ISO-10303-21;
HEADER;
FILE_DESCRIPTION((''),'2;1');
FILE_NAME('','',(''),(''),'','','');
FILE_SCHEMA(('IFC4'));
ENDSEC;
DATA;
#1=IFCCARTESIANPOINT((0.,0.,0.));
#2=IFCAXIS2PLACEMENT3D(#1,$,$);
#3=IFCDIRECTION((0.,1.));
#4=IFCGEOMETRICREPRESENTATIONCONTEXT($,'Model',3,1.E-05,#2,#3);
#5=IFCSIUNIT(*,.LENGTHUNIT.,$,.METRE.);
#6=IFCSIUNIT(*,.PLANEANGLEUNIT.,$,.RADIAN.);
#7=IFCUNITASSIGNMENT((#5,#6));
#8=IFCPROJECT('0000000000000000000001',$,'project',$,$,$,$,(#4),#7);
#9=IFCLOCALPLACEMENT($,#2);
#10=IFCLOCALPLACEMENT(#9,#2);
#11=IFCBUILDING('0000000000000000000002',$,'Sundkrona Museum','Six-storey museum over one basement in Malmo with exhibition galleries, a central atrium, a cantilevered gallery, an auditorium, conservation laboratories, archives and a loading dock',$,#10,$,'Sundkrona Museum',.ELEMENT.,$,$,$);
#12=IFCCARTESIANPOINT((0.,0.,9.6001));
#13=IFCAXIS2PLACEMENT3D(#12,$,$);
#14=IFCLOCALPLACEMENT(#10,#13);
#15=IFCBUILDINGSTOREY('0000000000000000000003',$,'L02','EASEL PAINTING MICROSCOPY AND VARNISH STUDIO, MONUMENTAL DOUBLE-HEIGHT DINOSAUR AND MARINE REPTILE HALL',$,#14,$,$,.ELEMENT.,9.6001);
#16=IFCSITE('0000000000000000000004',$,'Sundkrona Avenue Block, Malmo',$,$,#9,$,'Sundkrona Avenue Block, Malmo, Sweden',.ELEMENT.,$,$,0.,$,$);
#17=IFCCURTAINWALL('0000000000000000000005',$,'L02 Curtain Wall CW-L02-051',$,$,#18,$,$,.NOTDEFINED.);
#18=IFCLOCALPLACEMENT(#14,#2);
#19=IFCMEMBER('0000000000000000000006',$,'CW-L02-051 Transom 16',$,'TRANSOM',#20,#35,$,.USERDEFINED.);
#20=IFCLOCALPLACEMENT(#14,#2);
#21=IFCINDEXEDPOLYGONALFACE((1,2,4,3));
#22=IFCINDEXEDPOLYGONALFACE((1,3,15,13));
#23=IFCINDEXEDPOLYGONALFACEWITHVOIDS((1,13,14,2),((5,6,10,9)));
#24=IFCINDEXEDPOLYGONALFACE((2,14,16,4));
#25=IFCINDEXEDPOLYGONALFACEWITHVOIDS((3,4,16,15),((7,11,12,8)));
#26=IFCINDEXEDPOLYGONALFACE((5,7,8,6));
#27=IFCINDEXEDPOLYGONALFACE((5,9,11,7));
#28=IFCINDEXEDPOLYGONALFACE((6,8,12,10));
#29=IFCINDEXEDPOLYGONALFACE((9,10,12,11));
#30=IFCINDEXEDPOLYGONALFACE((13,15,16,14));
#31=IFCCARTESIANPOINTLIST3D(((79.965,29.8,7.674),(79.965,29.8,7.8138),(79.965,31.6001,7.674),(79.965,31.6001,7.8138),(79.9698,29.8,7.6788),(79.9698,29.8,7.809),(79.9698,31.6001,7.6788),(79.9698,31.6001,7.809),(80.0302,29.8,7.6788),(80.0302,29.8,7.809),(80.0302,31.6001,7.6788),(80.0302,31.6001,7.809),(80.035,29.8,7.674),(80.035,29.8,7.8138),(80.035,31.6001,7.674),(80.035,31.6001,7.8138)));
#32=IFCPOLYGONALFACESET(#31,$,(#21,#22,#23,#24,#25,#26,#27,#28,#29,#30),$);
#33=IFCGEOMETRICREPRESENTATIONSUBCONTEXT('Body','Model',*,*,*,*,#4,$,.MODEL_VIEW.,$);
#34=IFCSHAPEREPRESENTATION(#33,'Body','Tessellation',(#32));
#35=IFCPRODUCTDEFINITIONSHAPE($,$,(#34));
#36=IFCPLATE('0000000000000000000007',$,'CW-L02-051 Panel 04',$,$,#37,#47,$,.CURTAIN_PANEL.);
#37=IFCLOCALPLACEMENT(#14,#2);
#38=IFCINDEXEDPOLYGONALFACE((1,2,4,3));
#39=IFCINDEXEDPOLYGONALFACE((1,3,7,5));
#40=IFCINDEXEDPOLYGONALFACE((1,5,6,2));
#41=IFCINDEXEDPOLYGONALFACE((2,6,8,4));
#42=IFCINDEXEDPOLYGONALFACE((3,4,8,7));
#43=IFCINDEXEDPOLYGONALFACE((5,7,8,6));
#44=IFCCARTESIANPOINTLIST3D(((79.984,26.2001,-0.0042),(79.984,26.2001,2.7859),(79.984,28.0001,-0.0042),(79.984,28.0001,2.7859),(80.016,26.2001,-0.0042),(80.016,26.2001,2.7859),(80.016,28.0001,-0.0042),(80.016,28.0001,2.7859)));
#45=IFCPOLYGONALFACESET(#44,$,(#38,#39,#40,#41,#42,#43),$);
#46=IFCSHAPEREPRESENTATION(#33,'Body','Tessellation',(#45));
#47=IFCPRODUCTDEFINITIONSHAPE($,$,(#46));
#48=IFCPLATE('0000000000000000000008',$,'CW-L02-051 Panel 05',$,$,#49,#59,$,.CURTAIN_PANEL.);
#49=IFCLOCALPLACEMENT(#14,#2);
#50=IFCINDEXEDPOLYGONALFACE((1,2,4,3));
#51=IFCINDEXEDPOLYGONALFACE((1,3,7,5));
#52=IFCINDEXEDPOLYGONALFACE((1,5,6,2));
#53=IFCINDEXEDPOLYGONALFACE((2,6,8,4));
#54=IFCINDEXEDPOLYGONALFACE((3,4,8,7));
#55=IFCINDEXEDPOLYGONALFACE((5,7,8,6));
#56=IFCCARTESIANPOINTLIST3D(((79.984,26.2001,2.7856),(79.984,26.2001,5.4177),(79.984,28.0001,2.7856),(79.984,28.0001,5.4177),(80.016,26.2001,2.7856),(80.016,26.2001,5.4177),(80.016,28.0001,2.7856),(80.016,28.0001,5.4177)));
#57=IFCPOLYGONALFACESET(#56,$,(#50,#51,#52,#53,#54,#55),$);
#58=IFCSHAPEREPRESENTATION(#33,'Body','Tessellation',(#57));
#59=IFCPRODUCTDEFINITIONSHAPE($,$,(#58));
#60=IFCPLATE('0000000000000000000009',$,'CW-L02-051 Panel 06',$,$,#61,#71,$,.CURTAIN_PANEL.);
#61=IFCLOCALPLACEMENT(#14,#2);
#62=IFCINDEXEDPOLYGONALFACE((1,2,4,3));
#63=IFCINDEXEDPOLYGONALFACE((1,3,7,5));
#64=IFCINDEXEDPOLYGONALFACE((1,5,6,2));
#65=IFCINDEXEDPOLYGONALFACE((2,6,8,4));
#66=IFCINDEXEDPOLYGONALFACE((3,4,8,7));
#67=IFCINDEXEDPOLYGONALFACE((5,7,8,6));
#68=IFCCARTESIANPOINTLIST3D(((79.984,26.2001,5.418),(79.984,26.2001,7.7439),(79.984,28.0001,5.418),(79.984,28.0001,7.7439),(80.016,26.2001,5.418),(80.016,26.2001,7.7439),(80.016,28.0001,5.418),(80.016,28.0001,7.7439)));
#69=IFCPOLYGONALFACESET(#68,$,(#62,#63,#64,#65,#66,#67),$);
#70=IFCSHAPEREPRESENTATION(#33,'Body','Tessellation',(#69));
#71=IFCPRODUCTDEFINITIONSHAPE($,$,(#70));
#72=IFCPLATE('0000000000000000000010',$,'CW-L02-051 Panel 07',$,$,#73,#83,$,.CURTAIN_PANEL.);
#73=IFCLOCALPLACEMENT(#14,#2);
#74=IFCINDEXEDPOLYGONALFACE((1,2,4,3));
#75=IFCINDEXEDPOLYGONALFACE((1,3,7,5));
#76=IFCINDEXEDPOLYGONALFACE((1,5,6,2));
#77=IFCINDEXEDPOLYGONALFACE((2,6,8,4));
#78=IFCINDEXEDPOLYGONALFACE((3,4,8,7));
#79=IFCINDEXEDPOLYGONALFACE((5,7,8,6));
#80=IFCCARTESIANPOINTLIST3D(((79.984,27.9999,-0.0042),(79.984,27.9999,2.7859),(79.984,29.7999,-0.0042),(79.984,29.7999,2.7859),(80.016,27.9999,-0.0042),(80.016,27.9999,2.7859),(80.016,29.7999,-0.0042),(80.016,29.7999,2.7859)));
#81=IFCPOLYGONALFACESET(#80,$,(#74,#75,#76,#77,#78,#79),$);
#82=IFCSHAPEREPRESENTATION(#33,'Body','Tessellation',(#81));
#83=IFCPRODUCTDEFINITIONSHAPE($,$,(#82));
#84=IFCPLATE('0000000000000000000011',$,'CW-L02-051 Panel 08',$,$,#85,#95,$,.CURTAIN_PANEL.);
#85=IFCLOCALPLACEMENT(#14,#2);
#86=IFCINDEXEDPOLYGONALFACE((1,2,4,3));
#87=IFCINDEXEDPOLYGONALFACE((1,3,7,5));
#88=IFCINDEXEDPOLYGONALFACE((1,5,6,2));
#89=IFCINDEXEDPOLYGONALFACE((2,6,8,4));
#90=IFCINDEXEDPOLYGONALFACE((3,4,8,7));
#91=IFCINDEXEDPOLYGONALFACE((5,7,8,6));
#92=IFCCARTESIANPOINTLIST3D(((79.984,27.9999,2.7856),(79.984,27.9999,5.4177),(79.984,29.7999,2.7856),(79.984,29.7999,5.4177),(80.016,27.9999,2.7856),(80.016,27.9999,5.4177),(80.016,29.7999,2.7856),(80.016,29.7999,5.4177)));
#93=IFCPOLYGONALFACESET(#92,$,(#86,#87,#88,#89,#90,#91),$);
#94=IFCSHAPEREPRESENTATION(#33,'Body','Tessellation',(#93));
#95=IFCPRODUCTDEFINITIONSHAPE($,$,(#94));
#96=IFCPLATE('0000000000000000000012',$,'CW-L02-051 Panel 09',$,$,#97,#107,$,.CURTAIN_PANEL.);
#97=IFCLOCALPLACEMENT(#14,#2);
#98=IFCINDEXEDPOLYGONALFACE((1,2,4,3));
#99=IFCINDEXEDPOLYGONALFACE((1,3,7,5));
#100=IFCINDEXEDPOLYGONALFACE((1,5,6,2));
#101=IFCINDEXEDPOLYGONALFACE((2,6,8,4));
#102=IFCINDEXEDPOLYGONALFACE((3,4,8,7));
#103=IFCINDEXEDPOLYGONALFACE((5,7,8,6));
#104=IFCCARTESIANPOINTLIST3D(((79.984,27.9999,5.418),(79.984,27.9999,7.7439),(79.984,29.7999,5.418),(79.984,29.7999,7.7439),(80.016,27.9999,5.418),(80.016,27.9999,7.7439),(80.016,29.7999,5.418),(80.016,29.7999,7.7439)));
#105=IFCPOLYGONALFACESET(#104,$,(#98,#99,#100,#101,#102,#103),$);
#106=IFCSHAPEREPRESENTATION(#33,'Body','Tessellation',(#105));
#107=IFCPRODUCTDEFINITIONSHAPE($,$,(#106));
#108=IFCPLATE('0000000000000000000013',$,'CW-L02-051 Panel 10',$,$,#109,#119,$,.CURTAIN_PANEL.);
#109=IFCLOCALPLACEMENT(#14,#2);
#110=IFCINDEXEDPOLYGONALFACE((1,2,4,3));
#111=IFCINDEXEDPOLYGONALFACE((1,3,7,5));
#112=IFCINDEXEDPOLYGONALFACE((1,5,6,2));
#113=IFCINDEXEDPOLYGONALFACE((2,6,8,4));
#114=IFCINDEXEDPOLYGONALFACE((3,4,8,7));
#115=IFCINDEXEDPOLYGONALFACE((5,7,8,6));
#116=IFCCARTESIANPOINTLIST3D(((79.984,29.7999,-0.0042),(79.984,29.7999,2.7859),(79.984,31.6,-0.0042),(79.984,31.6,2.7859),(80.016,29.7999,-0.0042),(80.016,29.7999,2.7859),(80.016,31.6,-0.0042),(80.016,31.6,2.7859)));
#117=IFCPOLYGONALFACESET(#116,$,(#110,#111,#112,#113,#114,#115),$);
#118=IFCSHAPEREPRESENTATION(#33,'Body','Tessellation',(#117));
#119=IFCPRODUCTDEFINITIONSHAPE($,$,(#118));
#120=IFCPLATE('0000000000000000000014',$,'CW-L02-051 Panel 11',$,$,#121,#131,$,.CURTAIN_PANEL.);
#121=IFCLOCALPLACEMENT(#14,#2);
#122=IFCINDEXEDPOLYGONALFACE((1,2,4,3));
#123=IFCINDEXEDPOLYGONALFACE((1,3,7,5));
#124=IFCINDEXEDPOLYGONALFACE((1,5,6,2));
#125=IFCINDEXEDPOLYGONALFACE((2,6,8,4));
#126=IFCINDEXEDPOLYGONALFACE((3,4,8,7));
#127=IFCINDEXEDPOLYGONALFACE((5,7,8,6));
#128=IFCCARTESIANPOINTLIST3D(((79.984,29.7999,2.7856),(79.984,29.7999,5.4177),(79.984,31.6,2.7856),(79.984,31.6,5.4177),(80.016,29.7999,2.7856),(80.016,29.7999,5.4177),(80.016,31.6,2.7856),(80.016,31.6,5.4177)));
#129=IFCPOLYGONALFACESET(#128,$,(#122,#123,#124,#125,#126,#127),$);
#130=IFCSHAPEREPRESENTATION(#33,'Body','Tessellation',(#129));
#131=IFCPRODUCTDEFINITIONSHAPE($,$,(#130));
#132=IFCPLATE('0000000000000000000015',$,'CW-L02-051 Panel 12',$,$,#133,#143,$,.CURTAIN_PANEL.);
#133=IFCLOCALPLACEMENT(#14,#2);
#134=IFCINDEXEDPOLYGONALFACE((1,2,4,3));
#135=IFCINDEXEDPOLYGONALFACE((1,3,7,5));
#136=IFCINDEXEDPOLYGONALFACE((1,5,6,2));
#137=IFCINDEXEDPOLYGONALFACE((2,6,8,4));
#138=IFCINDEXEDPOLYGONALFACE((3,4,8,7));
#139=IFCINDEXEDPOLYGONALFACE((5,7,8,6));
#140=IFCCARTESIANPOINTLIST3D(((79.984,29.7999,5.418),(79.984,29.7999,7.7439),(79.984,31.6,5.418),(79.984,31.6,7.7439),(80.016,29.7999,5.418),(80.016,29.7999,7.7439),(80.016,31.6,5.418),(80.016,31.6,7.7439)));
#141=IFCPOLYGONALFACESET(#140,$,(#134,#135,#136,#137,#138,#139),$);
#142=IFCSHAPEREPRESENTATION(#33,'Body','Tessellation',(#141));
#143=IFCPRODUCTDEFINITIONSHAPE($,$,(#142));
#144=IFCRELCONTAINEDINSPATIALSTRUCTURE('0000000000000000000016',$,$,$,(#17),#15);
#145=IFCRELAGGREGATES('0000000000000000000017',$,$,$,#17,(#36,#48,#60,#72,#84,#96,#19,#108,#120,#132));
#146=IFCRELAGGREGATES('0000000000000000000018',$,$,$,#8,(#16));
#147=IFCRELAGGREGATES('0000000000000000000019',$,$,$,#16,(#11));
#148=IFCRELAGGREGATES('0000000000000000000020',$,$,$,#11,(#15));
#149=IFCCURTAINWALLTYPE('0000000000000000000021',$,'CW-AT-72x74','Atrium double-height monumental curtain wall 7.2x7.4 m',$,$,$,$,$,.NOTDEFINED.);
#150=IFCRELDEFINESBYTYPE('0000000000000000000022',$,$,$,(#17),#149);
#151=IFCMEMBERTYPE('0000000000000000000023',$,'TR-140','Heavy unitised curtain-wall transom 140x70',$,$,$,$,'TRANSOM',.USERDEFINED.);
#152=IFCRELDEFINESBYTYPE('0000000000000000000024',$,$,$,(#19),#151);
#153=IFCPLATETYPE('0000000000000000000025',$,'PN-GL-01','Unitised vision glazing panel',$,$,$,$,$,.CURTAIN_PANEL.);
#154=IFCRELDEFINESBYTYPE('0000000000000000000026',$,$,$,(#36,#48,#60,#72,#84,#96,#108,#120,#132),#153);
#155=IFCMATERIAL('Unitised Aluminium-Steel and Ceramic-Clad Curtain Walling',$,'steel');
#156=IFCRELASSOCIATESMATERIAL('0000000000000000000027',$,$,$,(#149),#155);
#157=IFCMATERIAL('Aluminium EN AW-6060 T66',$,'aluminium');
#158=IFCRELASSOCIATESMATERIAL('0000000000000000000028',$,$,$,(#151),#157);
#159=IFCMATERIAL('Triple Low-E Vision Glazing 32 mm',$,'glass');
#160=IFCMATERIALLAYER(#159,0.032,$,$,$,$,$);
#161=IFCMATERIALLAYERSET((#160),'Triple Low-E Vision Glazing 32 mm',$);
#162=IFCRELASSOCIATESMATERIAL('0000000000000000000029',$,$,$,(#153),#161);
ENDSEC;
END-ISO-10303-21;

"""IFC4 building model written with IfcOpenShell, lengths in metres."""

from ifc_helpers import new_model, si_unit, direction, frame, origin, origin_2d, place, context, subcontext, project, spatial, rectangle, hollow_rectangle, extrude, material, layer, layer_set, material_profile, profile_set, type_object, element, aggregate, save


model = new_model("IFC4")

# Units and contexts
model_context = context("Model", 3, precision=1e-05, world=origin(), true_north=direction((0.0, 1.0)))
body_context = subcontext(model_context, "Body", "Model", "MODEL_VIEW")
ifc_project = project(units=[si_unit("LENGTHUNIT", "METRE"), si_unit("PLANEANGLEUNIT", "RADIAN")], contexts=[model_context])

# Site, building, storey
site_placement = place(None, origin())
site = spatial("IfcSite", under=ifc_project, at=site_placement, Name="Sundkrona Avenue Block, Malmo", LongName="Sundkrona Avenue Block, Malmo, Sweden", CompositionType="ELEMENT", RefElevation=0.0)
building_placement = place(site_placement, origin())
building = spatial("IfcBuilding", under=site, at=building_placement, Name="Sundkrona Museum", Description="Six-storey museum over one basement in Malmo with exhibition galleries, a central atrium, a cantilevered gallery, an auditorium, conservation laboratories, archives and a loading dock", LongName="Sundkrona Museum", CompositionType="ELEMENT")
storey_placement = place(building_placement, frame((0.0, 0.0, 9.6001)))
storey = spatial("IfcBuildingStorey", under=building, at=storey_placement, Name="L02", Description="EASEL PAINTING MICROSCOPY AND VARNISH STUDIO, MONUMENTAL DOUBLE-HEIGHT DINOSAUR AND MARINE REPTILE HALL", CompositionType="ELEMENT", Elevation=9.6001)

# Curtain wall
ifc_material_1 = material(Name="Unitised Aluminium-Steel and Ceramic-Clad Curtain Walling", Category="steel")
curtain_wall_type = type_object("IfcCurtainWallType", Name="CW-AT-72x74", Description="Atrium double-height monumental curtain wall 7.2x7.4 m", PredefinedType="NOTDEFINED", material=ifc_material_1)
curtain_wall_placement = place(storey_placement, origin())
curtain_wall = element("IfcCurtainWall", 1, at=curtain_wall_placement, inside=storey, type_object=curtain_wall_type, Name="L02 Curtain Wall CW-L02-051", PredefinedType="NOTDEFINED")
ifc_material_2 = material(Name="Aluminium EN AW-6060 T66", Category="aluminium")

# Member
ifc_material_profile_1 = material_profile(ifc_material_2, hollow_rectangle(XDim=0.0701, YDim=0.1399, WallThickness=0.0049, at=origin_2d()), Name="RHS 140x70x5.0")
ifc_profile_set_1 = profile_set([ifc_material_profile_1], Name="Aluminium EN AW-6060 T66")
member_type_1 = type_object("IfcMemberType", Name="TR-140", Description="Heavy unitised curtain-wall transom 140x70", ElementType="TRANSOM", PredefinedType="USERDEFINED", material=ifc_profile_set_1)
member_1_placement = place(storey_placement, frame((80.0, 29.8, 7.7439), z_axis=(0.0, 1.0, 0.0), x_axis=(-1.0, 0.0, 0.0)))
member_1 = element("IfcMember", 2, at=member_1_placement, type_object=member_type_1, Name="CW-L02-051 Transom 16", ObjectType="TRANSOM", PredefinedType="USERDEFINED", context=body_context, shape_type="SweptSolid", body=[
    extrude(hollow_rectangle(XDim=0.0701, YDim=0.1399, WallThickness=0.0049, at=origin_2d()), origin(), (0.0, 0.0, 1.0), 1.8),
])

# Plates
ifc_material_3 = material(Name="Triple Low-E Vision Glazing 32 mm", Category="glass")
ifc_layer = layer(ifc_material_3, 0.032)
ifc_layer_set = layer_set([ifc_layer], Name="Triple Low-E Vision Glazing 32 mm")
plate_type = type_object("IfcPlateType", Name="PN-GL-01", Description="Unitised vision glazing panel", PredefinedType="CURTAIN_PANEL", material=ifc_layer_set)
plate_1_placement = place(storey_placement, frame((80.0, 27.1001, -0.0042), z_axis=(0.0, 0.0, 1.0), x_axis=(0.0, 1.0, 0.0)))
plate_1 = element("IfcPlate", 3, at=plate_1_placement, type_object=plate_type, Name="CW-L02-051 Panel 04", PredefinedType="CURTAIN_PANEL", context=body_context, shape_type="SweptSolid", body=[
    extrude(rectangle(XDim=1.8, YDim=0.032, at=origin_2d()), origin(), (0.0, 0.0, 1.0), 2.79),
])
plate_2_placement = place(storey_placement, frame((80.0, 27.1001, 2.7856), z_axis=(0.0, 0.0, 1.0), x_axis=(0.0, 1.0, 0.0)))
plate_2 = element("IfcPlate", 4, at=plate_2_placement, type_object=plate_type, Name="CW-L02-051 Panel 05", PredefinedType="CURTAIN_PANEL", context=body_context, shape_type="SweptSolid", body=[
    extrude(rectangle(XDim=1.8, YDim=0.032, at=origin_2d()), origin(), (0.0, 0.0, 1.0), 2.6321),
])
plate_3_placement = place(storey_placement, frame((80.0, 27.1001, 5.418), z_axis=(0.0, 0.0, 1.0), x_axis=(0.0, 1.0, 0.0)))
plate_3 = element("IfcPlate", 5, at=plate_3_placement, type_object=plate_type, Name="CW-L02-051 Panel 06", PredefinedType="CURTAIN_PANEL", context=body_context, shape_type="SweptSolid", body=[
    extrude(rectangle(XDim=1.8, YDim=0.032, at=origin_2d()), origin(), (0.0, 0.0, 1.0), 2.3259),
])
plate_4_placement = place(storey_placement, frame((80.0, 28.8999, -0.0042), z_axis=(0.0, 0.0, 1.0), x_axis=(0.0, 1.0, 0.0)))
plate_4 = element("IfcPlate", 6, at=plate_4_placement, type_object=plate_type, Name="CW-L02-051 Panel 07", PredefinedType="CURTAIN_PANEL", context=body_context, shape_type="SweptSolid", body=[
    extrude(rectangle(XDim=1.8, YDim=0.032, at=origin_2d()), origin(), (0.0, 0.0, 1.0), 2.79),
])
plate_5_placement = place(storey_placement, frame((80.0, 28.8999, 2.7856), z_axis=(0.0, 0.0, 1.0), x_axis=(0.0, 1.0, 0.0)))
plate_5 = element("IfcPlate", 7, at=plate_5_placement, type_object=plate_type, Name="CW-L02-051 Panel 08", PredefinedType="CURTAIN_PANEL", context=body_context, shape_type="SweptSolid", body=[
    extrude(rectangle(XDim=1.8, YDim=0.032, at=origin_2d()), origin(), (0.0, 0.0, 1.0), 2.6321),
])
plate_6_placement = place(storey_placement, frame((80.0, 28.8999, 5.418), z_axis=(0.0, 0.0, 1.0), x_axis=(0.0, 1.0, 0.0)))
plate_6 = element("IfcPlate", 8, at=plate_6_placement, type_object=plate_type, Name="CW-L02-051 Panel 09", PredefinedType="CURTAIN_PANEL", context=body_context, shape_type="SweptSolid", body=[
    extrude(rectangle(XDim=1.8, YDim=0.032, at=origin_2d()), origin(), (0.0, 0.0, 1.0), 2.3259),
])
plate_7_placement = place(storey_placement, frame((80.0, 30.7, -0.0042), z_axis=(0.0, 0.0, 1.0), x_axis=(0.0, 1.0, 0.0)))
plate_7 = element("IfcPlate", 9, at=plate_7_placement, type_object=plate_type, Name="CW-L02-051 Panel 10", PredefinedType="CURTAIN_PANEL", context=body_context, shape_type="SweptSolid", body=[
    extrude(rectangle(XDim=1.8, YDim=0.032, at=origin_2d()), origin(), (0.0, 0.0, 1.0), 2.79),
])
plate_8_placement = place(storey_placement, frame((80.0, 30.7, 2.7856), z_axis=(0.0, 0.0, 1.0), x_axis=(0.0, 1.0, 0.0)))
plate_8 = element("IfcPlate", 10, at=plate_8_placement, type_object=plate_type, Name="CW-L02-051 Panel 11", PredefinedType="CURTAIN_PANEL", context=body_context, shape_type="SweptSolid", body=[
    extrude(rectangle(XDim=1.8, YDim=0.032, at=origin_2d()), origin(), (0.0, 0.0, 1.0), 2.6321),
])
plate_9_placement = place(storey_placement, frame((80.0, 30.7, 5.418), z_axis=(0.0, 0.0, 1.0), x_axis=(0.0, 1.0, 0.0)))
plate_9 = element("IfcPlate", 11, at=plate_9_placement, type_object=plate_type, Name="CW-L02-051 Panel 12", PredefinedType="CURTAIN_PANEL", context=body_context, shape_type="SweptSolid", body=[
    extrude(rectangle(XDim=1.8, YDim=0.032, at=origin_2d()), origin(), (0.0, 0.0, 1.0), 2.3259),
])
aggregate(curtain_wall, [plate_1, plate_2, plate_3, plate_4, plate_5, plate_6, member_1, plate_7, plate_8, plate_9])

save(model, "model.ifc")
